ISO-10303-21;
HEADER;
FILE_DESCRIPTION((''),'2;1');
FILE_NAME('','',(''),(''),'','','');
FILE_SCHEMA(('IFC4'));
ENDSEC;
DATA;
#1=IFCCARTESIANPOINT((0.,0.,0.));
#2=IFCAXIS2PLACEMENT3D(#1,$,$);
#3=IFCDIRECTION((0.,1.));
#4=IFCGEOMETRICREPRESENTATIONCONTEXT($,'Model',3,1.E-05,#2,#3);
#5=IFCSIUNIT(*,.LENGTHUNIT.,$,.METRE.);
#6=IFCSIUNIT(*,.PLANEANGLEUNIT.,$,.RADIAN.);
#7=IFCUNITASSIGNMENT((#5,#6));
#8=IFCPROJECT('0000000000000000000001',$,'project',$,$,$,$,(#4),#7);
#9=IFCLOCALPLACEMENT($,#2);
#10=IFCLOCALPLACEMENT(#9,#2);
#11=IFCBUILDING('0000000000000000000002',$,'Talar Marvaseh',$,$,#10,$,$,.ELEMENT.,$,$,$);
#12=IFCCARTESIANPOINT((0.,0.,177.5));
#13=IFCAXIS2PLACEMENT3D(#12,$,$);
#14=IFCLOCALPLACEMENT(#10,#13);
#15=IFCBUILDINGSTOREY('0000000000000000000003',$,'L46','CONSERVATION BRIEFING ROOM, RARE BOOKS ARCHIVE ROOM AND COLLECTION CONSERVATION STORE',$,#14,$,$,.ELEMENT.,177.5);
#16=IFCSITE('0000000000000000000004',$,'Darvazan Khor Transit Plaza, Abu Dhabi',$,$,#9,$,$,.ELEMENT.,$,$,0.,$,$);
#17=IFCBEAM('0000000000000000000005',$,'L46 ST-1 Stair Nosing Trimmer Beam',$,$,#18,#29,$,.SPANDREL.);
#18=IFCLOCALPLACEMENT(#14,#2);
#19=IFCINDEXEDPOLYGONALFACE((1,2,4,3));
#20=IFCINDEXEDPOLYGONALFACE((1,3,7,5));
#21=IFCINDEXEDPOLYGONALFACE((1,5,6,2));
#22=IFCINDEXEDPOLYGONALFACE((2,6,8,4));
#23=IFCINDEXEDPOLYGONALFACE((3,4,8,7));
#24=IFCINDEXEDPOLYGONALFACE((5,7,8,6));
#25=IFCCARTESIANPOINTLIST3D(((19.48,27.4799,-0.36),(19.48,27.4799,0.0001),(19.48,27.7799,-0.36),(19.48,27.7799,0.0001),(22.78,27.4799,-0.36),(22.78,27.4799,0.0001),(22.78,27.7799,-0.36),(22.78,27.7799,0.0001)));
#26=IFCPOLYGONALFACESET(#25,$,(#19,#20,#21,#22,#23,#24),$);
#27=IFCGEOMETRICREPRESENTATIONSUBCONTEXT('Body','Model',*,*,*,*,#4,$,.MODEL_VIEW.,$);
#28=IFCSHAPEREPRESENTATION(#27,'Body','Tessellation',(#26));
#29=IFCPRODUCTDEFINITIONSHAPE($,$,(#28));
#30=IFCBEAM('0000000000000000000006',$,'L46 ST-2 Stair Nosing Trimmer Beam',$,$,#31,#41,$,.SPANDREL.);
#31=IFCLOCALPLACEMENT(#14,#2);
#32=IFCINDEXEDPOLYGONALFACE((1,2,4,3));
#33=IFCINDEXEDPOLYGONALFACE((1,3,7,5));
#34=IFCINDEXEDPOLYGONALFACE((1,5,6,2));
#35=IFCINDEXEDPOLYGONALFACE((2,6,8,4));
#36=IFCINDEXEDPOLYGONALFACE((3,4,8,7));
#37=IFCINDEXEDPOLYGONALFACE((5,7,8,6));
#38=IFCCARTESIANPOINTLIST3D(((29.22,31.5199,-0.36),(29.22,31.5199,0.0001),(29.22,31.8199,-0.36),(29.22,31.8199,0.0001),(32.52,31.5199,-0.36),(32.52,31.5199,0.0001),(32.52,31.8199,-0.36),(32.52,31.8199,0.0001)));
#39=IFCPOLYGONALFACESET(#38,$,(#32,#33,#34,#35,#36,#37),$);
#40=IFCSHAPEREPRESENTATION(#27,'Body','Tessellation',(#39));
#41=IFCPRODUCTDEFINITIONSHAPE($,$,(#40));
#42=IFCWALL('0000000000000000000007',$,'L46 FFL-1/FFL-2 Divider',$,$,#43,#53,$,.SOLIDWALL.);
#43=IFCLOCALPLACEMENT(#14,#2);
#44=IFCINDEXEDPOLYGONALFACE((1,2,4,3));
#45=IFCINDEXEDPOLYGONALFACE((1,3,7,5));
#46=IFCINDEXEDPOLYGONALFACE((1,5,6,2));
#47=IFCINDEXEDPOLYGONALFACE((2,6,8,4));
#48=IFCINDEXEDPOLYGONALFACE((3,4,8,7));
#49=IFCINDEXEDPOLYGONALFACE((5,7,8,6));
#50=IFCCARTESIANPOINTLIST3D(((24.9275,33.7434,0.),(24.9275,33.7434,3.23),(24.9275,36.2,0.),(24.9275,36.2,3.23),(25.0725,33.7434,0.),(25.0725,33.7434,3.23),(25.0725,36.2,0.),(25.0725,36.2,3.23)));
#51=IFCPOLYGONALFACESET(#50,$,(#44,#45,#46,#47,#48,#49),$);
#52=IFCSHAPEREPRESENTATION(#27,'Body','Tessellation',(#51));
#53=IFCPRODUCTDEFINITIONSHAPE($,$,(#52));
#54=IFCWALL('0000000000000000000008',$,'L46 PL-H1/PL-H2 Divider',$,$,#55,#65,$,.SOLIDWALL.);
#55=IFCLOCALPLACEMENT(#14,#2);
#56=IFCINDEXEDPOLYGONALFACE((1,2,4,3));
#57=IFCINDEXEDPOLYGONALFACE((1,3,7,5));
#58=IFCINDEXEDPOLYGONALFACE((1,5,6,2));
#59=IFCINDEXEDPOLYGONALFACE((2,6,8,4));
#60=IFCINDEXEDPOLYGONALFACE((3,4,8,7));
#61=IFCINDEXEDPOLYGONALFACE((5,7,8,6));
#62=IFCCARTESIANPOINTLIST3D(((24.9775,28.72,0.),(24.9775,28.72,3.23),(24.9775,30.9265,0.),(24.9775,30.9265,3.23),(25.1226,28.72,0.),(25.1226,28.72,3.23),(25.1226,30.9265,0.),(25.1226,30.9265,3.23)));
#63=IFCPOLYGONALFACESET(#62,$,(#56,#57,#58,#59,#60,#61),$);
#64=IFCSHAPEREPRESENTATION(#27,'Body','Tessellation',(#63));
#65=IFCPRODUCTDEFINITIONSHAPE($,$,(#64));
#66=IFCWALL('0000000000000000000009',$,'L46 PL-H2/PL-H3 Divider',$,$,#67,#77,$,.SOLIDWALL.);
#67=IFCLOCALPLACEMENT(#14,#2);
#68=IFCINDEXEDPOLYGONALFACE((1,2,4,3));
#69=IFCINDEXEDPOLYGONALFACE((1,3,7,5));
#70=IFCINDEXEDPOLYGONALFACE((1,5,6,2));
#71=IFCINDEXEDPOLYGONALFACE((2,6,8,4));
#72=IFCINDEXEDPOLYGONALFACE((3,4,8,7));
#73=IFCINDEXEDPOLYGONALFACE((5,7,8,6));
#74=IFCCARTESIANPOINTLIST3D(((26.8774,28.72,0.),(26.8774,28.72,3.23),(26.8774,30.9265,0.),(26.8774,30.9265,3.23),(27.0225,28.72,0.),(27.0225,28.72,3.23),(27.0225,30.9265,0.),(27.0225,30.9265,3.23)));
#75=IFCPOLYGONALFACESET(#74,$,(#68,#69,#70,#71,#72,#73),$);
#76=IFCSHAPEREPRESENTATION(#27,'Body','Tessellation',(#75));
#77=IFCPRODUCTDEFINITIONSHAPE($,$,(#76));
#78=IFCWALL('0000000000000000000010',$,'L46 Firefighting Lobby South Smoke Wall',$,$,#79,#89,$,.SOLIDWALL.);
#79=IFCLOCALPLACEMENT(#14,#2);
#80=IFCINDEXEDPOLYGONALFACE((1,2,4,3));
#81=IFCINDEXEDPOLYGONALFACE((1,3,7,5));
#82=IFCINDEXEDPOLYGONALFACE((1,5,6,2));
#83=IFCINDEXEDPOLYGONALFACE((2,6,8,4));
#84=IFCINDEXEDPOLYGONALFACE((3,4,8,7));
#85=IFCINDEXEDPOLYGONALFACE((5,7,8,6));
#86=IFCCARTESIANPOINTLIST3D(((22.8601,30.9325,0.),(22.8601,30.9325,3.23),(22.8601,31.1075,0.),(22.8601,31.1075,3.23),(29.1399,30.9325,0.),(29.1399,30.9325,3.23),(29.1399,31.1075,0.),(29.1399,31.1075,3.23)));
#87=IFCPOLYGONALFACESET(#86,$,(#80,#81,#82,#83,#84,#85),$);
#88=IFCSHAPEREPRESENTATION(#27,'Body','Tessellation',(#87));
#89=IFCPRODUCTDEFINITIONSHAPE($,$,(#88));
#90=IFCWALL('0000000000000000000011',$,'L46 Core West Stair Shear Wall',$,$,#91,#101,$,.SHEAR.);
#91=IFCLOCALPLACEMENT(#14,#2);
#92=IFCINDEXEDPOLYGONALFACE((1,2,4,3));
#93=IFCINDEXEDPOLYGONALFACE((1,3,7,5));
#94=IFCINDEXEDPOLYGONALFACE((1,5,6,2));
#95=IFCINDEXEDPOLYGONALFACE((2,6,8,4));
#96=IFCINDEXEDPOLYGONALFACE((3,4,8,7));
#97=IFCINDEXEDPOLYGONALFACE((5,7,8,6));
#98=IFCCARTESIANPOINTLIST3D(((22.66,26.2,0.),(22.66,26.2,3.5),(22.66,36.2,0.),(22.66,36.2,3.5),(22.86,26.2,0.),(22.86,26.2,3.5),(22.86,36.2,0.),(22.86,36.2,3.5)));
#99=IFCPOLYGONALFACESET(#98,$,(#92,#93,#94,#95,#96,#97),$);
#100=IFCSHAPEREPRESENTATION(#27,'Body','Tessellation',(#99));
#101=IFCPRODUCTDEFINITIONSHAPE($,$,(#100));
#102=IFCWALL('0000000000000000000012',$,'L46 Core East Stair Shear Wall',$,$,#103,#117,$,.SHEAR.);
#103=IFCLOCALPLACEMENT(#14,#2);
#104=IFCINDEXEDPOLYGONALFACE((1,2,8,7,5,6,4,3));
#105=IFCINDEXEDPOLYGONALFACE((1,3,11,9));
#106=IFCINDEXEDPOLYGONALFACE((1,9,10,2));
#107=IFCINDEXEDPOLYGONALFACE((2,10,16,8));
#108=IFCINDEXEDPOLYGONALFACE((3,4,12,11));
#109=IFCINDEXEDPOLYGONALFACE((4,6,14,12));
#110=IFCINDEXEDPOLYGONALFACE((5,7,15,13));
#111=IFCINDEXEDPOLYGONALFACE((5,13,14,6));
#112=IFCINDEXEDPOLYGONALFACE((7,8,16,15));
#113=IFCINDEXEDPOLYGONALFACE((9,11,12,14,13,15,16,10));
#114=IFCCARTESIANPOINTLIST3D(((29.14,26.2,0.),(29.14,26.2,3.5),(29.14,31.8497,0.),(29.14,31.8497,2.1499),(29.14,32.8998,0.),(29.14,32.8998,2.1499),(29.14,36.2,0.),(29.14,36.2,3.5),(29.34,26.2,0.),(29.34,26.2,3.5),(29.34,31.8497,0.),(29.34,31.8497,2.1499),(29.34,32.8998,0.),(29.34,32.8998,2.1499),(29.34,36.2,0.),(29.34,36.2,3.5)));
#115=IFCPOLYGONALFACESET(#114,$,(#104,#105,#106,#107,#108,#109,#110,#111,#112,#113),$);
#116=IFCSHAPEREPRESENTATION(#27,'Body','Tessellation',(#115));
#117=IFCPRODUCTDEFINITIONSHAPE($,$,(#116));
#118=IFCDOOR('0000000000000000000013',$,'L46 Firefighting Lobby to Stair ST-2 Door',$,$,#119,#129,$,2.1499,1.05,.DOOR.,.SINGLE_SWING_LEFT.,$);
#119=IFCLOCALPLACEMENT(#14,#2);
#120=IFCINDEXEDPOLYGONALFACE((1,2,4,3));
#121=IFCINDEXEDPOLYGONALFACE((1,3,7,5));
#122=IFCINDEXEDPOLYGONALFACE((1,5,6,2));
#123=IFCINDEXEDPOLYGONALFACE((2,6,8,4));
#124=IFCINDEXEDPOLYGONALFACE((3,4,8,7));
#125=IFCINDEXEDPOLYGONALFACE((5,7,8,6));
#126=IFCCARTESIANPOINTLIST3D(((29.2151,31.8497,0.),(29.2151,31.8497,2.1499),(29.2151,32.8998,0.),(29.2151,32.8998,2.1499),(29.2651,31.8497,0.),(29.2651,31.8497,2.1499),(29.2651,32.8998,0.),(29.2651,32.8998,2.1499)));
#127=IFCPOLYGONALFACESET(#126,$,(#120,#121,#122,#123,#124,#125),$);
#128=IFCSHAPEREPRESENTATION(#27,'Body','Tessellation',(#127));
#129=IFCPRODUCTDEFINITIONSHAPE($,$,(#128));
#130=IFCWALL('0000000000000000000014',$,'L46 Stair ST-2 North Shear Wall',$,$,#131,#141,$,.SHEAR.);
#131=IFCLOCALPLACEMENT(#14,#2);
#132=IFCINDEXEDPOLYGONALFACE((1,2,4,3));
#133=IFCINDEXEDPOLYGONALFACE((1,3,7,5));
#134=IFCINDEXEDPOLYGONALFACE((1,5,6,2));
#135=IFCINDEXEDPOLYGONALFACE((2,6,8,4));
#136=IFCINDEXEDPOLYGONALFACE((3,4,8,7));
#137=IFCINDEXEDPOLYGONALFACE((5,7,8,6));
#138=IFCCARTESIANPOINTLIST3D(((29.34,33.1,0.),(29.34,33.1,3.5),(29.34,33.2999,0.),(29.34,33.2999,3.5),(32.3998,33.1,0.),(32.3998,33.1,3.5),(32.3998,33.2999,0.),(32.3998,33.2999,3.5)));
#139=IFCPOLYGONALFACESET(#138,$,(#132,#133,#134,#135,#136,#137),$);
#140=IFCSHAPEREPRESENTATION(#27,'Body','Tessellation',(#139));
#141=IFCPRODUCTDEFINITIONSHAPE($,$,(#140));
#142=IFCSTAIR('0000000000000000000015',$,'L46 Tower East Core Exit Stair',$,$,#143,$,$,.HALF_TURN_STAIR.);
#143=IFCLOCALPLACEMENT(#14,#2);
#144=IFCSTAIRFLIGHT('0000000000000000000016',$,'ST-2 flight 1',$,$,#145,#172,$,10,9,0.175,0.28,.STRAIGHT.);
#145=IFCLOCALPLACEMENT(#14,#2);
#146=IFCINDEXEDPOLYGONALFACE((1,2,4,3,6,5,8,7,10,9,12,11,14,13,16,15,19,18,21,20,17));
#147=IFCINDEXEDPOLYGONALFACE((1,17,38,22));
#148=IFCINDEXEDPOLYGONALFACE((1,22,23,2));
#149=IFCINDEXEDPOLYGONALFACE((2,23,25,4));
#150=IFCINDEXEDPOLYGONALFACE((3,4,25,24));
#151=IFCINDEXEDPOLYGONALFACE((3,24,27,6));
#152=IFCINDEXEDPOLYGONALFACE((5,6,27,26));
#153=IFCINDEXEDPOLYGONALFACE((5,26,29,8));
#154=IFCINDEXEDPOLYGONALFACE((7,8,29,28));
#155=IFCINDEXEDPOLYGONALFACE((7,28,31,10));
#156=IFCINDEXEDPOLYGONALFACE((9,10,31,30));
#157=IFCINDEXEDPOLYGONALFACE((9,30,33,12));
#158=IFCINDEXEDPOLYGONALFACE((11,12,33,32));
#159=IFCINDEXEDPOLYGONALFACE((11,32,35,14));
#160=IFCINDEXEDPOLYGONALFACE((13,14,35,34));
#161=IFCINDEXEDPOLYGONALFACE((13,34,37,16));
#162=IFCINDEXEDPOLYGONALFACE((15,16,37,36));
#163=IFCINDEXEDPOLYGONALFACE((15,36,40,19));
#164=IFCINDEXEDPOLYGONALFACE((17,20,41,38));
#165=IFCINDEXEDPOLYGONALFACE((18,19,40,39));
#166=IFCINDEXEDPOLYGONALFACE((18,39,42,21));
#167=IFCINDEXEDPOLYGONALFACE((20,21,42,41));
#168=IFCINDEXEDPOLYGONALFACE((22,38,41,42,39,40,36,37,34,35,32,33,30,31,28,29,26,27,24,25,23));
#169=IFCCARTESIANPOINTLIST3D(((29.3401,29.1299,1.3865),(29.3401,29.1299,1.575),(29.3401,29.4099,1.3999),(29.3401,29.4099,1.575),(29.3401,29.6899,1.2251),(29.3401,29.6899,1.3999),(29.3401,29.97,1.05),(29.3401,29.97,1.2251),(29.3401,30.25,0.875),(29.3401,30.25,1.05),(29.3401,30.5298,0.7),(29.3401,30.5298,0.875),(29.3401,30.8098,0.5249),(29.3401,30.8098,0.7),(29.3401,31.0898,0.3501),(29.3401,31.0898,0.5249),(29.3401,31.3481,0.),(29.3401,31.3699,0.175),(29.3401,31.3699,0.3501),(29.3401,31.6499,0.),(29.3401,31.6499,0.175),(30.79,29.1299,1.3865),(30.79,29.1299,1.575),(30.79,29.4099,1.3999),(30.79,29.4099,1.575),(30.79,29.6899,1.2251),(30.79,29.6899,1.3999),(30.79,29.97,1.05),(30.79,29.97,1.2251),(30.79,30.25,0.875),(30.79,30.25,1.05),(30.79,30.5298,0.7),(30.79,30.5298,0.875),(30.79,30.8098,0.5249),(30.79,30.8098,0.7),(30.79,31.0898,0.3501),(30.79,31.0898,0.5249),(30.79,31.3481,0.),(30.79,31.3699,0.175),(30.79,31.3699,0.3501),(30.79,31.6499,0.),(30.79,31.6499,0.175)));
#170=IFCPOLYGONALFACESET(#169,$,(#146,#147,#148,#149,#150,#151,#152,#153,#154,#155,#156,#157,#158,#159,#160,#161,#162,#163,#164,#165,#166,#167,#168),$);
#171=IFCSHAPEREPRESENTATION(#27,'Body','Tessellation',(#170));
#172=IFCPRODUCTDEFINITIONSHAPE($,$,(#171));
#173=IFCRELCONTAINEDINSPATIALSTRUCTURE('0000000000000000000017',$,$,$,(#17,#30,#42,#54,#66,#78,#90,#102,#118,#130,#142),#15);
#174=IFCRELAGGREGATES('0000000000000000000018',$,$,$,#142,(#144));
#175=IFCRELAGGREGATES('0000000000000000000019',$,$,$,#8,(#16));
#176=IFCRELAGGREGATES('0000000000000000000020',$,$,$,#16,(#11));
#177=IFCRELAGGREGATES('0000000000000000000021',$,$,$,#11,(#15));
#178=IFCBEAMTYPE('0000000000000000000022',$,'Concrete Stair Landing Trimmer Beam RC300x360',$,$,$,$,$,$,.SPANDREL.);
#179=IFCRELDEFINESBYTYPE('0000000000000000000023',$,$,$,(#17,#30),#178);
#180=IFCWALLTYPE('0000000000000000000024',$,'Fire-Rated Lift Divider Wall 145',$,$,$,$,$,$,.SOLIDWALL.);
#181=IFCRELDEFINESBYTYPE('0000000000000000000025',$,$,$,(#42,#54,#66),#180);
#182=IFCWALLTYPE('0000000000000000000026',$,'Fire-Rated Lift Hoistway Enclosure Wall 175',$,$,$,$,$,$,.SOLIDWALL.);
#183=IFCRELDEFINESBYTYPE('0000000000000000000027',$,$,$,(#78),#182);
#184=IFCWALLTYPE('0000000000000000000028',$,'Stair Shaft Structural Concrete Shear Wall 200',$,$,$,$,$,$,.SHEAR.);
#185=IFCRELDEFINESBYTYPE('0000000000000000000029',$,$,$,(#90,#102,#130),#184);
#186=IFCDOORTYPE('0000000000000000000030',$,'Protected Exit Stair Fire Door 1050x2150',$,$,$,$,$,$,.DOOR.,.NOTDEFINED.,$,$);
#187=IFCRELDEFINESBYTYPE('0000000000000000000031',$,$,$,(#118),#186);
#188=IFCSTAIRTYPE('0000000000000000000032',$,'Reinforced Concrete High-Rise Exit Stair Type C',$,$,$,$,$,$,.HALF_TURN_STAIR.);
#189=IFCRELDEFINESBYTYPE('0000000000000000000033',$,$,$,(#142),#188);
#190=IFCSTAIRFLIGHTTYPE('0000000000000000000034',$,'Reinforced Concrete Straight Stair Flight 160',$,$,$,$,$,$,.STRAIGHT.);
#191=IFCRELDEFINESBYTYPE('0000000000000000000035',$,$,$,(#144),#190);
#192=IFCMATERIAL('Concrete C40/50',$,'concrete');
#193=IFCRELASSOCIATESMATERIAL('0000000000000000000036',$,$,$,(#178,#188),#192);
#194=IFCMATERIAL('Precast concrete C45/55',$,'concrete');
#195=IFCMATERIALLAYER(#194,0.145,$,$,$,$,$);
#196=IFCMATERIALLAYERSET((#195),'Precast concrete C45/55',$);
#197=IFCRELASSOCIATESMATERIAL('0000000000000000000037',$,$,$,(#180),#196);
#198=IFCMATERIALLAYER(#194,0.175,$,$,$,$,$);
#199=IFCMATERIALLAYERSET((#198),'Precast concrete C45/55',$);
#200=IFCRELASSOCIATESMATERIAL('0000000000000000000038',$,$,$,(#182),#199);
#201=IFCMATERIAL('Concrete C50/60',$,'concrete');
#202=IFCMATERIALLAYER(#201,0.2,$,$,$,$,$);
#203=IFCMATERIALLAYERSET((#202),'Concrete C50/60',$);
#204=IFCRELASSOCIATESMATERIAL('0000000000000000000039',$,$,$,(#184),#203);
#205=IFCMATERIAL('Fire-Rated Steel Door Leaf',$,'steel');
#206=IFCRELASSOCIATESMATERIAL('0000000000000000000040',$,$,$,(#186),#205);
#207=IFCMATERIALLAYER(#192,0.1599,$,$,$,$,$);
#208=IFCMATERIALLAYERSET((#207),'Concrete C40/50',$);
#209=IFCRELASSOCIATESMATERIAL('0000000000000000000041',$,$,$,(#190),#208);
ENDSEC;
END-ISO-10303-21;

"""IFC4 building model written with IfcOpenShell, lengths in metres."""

from ifc_helpers import new_model, si_unit, direction, frame, frame_2d, origin, origin_2d, place, context, subcontext, project, spatial, polyline, rectangle, outline, extrude, source, transform, mapped, material, layer, layer_set, material_profile, profile_set, type_object, type_shapes, element, fill, aggregate, save


model = new_model("IFC4")

# Units and contexts
model_context = context("Model", 3, precision=1e-05, world=origin(), true_north=direction((0.0, 1.0)))
body_context = subcontext(model_context, "Body", "Model", "MODEL_VIEW")
ifc_project = project(units=[si_unit("LENGTHUNIT", "METRE"), si_unit("PLANEANGLEUNIT", "RADIAN")], contexts=[model_context])

# Site, building, storey
site_placement = place(None, origin())
site = spatial("IfcSite", under=ifc_project, at=site_placement, Name="Darvazan Khor Transit Plaza, Abu Dhabi", CompositionType="ELEMENT", RefElevation=0.0)
building_placement = place(site_placement, origin())
building = spatial("IfcBuilding", under=site, at=building_placement, Name="Talar Marvaseh", CompositionType="ELEMENT")
storey_placement = place(building_placement, frame((0.0, 0.0, 177.5)))
storey = spatial("IfcBuildingStorey", under=building, at=storey_placement, Name="L46", Description="CONSERVATION BRIEFING ROOM, RARE BOOKS ARCHIVE ROOM AND COLLECTION CONSERVATION STORE", CompositionType="ELEMENT", Elevation=177.5)

# Beams
ifc_material_1 = material(Name="Concrete C40/50", Category="concrete")
ifc_material_profile = material_profile(ifc_material_1, rectangle(XDim=0.3, YDim=0.3601, at=origin_2d()), Name="RC300x360")
ifc_profile_set = profile_set([ifc_material_profile], Name="Concrete C40/50")
beam_type = type_object("IfcBeamType", Name="Concrete Stair Landing Trimmer Beam RC300x360", PredefinedType="SPANDREL", material=ifc_profile_set)
for number, where, z_axis, x_axis, name in (
    (1, (22.78, 27.6299, -0.1799), (-1.0, 0.0, 0.0), (0.0, -1.0, 0.0), "L46 ST-1 Stair Nosing Trimmer Beam"),
    (2, (29.22, 31.6699, -0.1799), (1.0, 0.0, 0.0), (0.0, 1.0, 0.0), "L46 ST-2 Stair Nosing Trimmer Beam"),
):
    element("IfcBeam", number, at=place(storey_placement, frame(where, z_axis=z_axis, x_axis=x_axis)), inside=storey, type_object=beam_type, Name=name, PredefinedType="SPANDREL", context=body_context, shape_type="SweptSolid", body=[
        extrude(rectangle(XDim=0.3, YDim=0.3601, at=origin_2d()), origin(), (0.0, 0.0, 1.0), 3.3),
    ])

# Walls
ifc_material_2 = material(Name="Precast concrete C45/55", Category="concrete")
ifc_layer_1 = layer(ifc_material_2, 0.145)
ifc_layer_set_1 = layer_set([ifc_layer_1], Name="Precast concrete C45/55")
wall_type_1 = type_object("IfcWallType", Name="Fire-Rated Lift Divider Wall 145", PredefinedType="SOLIDWALL", material=ifc_layer_set_1)
wall_1_placement = place(storey_placement, frame((25.0, 33.7434, 0.0), z_axis=(0.0, 0.0, 1.0), x_axis=(0.0, 1.0, 0.0)))
element("IfcWall", 3, at=wall_1_placement, inside=storey, type_object=wall_type_1, Name="L46 FFL-1/FFL-2 Divider", PredefinedType="SOLIDWALL", context=body_context, shape_type="SweptSolid", body=[
    extrude(rectangle(XDim=2.4565, YDim=0.145, at=frame_2d((1.2283, 0.0))), origin(), (0.0, 0.0, 1.0), 3.23),
])
for number, where, z_axis, x_axis, name in (
    (4, (25.05, 28.72, 0.0), (0.0, 0.0, 1.0), (0.0, 1.0, 0.0), "L46 PL-H1/PL-H2 Divider"),
    (5, (26.95, 28.72, 0.0), (0.0, 0.0, 1.0), (0.0, 1.0, 0.0), "L46 PL-H2/PL-H3 Divider"),
):
    element("IfcWall", number, at=place(storey_placement, frame(where, z_axis=z_axis, x_axis=x_axis)), inside=storey, type_object=wall_type_1, Name=name, PredefinedType="SOLIDWALL", context=body_context, shape_type="SweptSolid", body=[
        extrude(rectangle(XDim=2.2065, YDim=0.145, at=frame_2d((1.1033, 0.0))), origin(), (0.0, 0.0, 1.0), 3.23),
    ])

# Shared definitions
ifc_layer_2 = layer(ifc_material_2, 0.175)
ifc_layer_set_2 = layer_set([ifc_layer_2], Name="Precast concrete C45/55")
wall_type_2 = type_object("IfcWallType", Name="Fire-Rated Lift Hoistway Enclosure Wall 175", PredefinedType="SOLIDWALL", material=ifc_layer_set_2)

# Wall
wall_2_placement = place(storey_placement, frame((22.8601, 31.02, 0.0), z_axis=(0.0, 0.0, 1.0), x_axis=(1.0, 0.0, 0.0)))
element("IfcWall", 6, at=wall_2_placement, inside=storey, type_object=wall_type_2, Name="L46 Firefighting Lobby South Smoke Wall", PredefinedType="SOLIDWALL", context=body_context, shape_type="SweptSolid", body=[
    extrude(rectangle(XDim=6.2798, YDim=0.175, at=frame_2d((3.1399, 0.0))), origin(), (0.0, 0.0, 1.0), 3.23),
])

# Wall
ifc_material_3 = material(Name="Concrete C50/60", Category="concrete")
ifc_layer_3 = layer(ifc_material_3, 0.2)
ifc_layer_set_3 = layer_set([ifc_layer_3], Name="Concrete C50/60")
wall_type_3 = type_object("IfcWallType", Name="Stair Shaft Structural Concrete Shear Wall 200", PredefinedType="SHEAR", material=ifc_layer_set_3)
wall_3_placement = place(storey_placement, frame((22.76, 26.2, 0.0), z_axis=(0.0, 0.0, 1.0), x_axis=(0.0, 1.0, 0.0)))
element("IfcWall", 7, at=wall_3_placement, inside=storey, type_object=wall_type_3, Name="L46 Core West Stair Shear Wall", PredefinedType="SHEAR", context=body_context, shape_type="SweptSolid", body=[
    extrude(rectangle(XDim=10.0, YDim=0.2, at=frame_2d((5.0, 0.0))), origin(), (0.0, 0.0, 1.0), 3.5),
])

# Wall, opening, door
wall_4_placement = place(storey_placement, frame((29.24, 26.2, 0.0), z_axis=(0.0, 0.0, 1.0), x_axis=(0.0, 1.0, 0.0)))
wall_4 = element("IfcWall", 8, at=wall_4_placement, inside=storey, type_object=wall_type_3, Name="L46 Core East Stair Shear Wall", PredefinedType="SHEAR", context=body_context, shape_type="SweptSolid", body=[
    extrude(rectangle(XDim=10.0, YDim=0.2, at=frame_2d((5.0, 0.0))), origin(), (0.0, 0.0, 1.0), 3.5),
])
opening_1_placement = place(wall_4_placement, frame((5.6499, 0.0, 0.0)))
opening_1 = element("IfcOpeningElement", 9, at=opening_1_placement, cuts=wall_4, PredefinedType="OPENING", context=body_context, shape_type="SweptSolid", body=[
    extrude(rectangle(XDim=1.05, YDim=2.1499, at=frame_2d((0.5249, 1.075))), frame((0.0, 0.1099, 0.0), z_axis=(0.0, -1.0, 0.0), x_axis=(1.0, 0.0, 0.0)), (0.0, 0.0, 1.0), 0.22),
])
ifc_material_4 = material(Name="Fire-Rated Steel Door Leaf", Category="steel")
door_type_1 = type_object("IfcDoorType", Name="Protected Exit Stair Fire Door 1050x2150", OperationType="NOTDEFINED", PredefinedType="DOOR", material=ifc_material_4)
shared_shape_1 = source(origin(), body_context, "Body", "SweptSolid", [
    extrude(rectangle(XDim=1.05, YDim=2.1499, at=frame_2d((0.5249, 1.075))), frame((0.0, 0.0249, 0.0), z_axis=(0.0, -1.0, 0.0), x_axis=(1.0, 0.0, 0.0)), (0.0, 0.0, 1.0), 0.05),
])
type_shapes(door_type_1, [shared_shape_1])
door_1_placement = place(opening_1_placement, origin())
door_1 = element("IfcDoor", 10, at=door_1_placement, inside=storey, type_object=door_type_1, Name="L46 Firefighting Lobby to Stair ST-2 Door", OperationType="SINGLE_SWING_LEFT", OverallHeight=2.1499, OverallWidth=1.05, PredefinedType="DOOR", context=body_context, shape_type="MappedRepresentation", body=[
    mapped(shared_shape_1, transform((0.0, 0.0, 0.0), x_axis=(1.0, 0.0, 0.0), y_axis=(0.0, 1.0, 0.0), z_axis=(0.0, 0.0, 1.0), scale=1.0)),
])
fill(opening_1, door_1)

# Wall
wall_5_placement = place(storey_placement, frame((29.3401, 33.2, 0.0), z_axis=(0.0, 0.0, 1.0), x_axis=(1.0, 0.0, 0.0)))
element("IfcWall", 11, at=wall_5_placement, inside=storey, type_object=wall_type_3, Name="L46 Stair ST-2 North Shear Wall", PredefinedType="SHEAR", context=body_context, shape_type="SweptSolid", body=[
    extrude(rectangle(XDim=3.0598, YDim=0.2, at=frame_2d((1.5298, 0.0))), origin(), (0.0, 0.0, 1.0), 3.5),
])

# Stair, stair flight
stair_type = type_object("IfcStairType", Name="Reinforced Concrete High-Rise Exit Stair Type C", PredefinedType="HALF_TURN_STAIR", material=ifc_material_1)
stair_placement = place(storey_placement, origin())
stair = element("IfcStair", 12, at=stair_placement, inside=storey, type_object=stair_type, Name="L46 Tower East Core Exit Stair", PredefinedType="HALF_TURN_STAIR")
ifc_layer_4 = layer(ifc_material_1, 0.1599)
ifc_layer_set_4 = layer_set([ifc_layer_4], Name="Concrete C40/50")
stair_flight_type = type_object("IfcStairFlightType", Name="Reinforced Concrete Straight Stair Flight 160", PredefinedType="STRAIGHT", material=ifc_layer_set_4)
stair_flight_1_placement = place(storey_placement, frame((30.0649, 31.6499, 0.0), z_axis=(0.0, 0.0, 1.0), x_axis=(0.0, -1.0, 0.0)))
stair_flight_1 = element("IfcStairFlight", 13, at=stair_flight_1_placement, type_object=stair_flight_type, Name="ST-2 flight 1", NumberOfRisers=10, NumberOfTreads=9, PredefinedType="STRAIGHT", RiserHeight=0.175, TreadLength=0.28, context=body_context, shape_type="SweptSolid", body=[
    extrude(outline(polyline([(0.0, 0.0), (0.0, 0.175), (0.28, 0.175), (0.28, 0.3501), (0.5601, 0.3501), (0.5601, 0.5249), (0.8401, 0.5249), (0.8401, 0.7), (1.1201, 0.7), (1.1201, 0.875), (1.3999, 0.875), (1.3999, 1.05), (1.6799, 1.05), (1.6799, 1.2251), (1.96, 1.2251), (1.96, 1.3999), (2.24, 1.3999), (2.24, 1.575), (2.52, 1.575), (2.52, 1.75), (2.52, 1.3865), (0.3018, 0.0), (0.0, 0.0)])), frame((0.0, 0.7251, 0.0), z_axis=(0.0, -1.0, 0.0), x_axis=(1.0, 0.0, 0.0)), (0.0, 0.0, 1.0), 1.45),
])
aggregate(stair, [stair_flight_1])

save(model, "model.ifc")
